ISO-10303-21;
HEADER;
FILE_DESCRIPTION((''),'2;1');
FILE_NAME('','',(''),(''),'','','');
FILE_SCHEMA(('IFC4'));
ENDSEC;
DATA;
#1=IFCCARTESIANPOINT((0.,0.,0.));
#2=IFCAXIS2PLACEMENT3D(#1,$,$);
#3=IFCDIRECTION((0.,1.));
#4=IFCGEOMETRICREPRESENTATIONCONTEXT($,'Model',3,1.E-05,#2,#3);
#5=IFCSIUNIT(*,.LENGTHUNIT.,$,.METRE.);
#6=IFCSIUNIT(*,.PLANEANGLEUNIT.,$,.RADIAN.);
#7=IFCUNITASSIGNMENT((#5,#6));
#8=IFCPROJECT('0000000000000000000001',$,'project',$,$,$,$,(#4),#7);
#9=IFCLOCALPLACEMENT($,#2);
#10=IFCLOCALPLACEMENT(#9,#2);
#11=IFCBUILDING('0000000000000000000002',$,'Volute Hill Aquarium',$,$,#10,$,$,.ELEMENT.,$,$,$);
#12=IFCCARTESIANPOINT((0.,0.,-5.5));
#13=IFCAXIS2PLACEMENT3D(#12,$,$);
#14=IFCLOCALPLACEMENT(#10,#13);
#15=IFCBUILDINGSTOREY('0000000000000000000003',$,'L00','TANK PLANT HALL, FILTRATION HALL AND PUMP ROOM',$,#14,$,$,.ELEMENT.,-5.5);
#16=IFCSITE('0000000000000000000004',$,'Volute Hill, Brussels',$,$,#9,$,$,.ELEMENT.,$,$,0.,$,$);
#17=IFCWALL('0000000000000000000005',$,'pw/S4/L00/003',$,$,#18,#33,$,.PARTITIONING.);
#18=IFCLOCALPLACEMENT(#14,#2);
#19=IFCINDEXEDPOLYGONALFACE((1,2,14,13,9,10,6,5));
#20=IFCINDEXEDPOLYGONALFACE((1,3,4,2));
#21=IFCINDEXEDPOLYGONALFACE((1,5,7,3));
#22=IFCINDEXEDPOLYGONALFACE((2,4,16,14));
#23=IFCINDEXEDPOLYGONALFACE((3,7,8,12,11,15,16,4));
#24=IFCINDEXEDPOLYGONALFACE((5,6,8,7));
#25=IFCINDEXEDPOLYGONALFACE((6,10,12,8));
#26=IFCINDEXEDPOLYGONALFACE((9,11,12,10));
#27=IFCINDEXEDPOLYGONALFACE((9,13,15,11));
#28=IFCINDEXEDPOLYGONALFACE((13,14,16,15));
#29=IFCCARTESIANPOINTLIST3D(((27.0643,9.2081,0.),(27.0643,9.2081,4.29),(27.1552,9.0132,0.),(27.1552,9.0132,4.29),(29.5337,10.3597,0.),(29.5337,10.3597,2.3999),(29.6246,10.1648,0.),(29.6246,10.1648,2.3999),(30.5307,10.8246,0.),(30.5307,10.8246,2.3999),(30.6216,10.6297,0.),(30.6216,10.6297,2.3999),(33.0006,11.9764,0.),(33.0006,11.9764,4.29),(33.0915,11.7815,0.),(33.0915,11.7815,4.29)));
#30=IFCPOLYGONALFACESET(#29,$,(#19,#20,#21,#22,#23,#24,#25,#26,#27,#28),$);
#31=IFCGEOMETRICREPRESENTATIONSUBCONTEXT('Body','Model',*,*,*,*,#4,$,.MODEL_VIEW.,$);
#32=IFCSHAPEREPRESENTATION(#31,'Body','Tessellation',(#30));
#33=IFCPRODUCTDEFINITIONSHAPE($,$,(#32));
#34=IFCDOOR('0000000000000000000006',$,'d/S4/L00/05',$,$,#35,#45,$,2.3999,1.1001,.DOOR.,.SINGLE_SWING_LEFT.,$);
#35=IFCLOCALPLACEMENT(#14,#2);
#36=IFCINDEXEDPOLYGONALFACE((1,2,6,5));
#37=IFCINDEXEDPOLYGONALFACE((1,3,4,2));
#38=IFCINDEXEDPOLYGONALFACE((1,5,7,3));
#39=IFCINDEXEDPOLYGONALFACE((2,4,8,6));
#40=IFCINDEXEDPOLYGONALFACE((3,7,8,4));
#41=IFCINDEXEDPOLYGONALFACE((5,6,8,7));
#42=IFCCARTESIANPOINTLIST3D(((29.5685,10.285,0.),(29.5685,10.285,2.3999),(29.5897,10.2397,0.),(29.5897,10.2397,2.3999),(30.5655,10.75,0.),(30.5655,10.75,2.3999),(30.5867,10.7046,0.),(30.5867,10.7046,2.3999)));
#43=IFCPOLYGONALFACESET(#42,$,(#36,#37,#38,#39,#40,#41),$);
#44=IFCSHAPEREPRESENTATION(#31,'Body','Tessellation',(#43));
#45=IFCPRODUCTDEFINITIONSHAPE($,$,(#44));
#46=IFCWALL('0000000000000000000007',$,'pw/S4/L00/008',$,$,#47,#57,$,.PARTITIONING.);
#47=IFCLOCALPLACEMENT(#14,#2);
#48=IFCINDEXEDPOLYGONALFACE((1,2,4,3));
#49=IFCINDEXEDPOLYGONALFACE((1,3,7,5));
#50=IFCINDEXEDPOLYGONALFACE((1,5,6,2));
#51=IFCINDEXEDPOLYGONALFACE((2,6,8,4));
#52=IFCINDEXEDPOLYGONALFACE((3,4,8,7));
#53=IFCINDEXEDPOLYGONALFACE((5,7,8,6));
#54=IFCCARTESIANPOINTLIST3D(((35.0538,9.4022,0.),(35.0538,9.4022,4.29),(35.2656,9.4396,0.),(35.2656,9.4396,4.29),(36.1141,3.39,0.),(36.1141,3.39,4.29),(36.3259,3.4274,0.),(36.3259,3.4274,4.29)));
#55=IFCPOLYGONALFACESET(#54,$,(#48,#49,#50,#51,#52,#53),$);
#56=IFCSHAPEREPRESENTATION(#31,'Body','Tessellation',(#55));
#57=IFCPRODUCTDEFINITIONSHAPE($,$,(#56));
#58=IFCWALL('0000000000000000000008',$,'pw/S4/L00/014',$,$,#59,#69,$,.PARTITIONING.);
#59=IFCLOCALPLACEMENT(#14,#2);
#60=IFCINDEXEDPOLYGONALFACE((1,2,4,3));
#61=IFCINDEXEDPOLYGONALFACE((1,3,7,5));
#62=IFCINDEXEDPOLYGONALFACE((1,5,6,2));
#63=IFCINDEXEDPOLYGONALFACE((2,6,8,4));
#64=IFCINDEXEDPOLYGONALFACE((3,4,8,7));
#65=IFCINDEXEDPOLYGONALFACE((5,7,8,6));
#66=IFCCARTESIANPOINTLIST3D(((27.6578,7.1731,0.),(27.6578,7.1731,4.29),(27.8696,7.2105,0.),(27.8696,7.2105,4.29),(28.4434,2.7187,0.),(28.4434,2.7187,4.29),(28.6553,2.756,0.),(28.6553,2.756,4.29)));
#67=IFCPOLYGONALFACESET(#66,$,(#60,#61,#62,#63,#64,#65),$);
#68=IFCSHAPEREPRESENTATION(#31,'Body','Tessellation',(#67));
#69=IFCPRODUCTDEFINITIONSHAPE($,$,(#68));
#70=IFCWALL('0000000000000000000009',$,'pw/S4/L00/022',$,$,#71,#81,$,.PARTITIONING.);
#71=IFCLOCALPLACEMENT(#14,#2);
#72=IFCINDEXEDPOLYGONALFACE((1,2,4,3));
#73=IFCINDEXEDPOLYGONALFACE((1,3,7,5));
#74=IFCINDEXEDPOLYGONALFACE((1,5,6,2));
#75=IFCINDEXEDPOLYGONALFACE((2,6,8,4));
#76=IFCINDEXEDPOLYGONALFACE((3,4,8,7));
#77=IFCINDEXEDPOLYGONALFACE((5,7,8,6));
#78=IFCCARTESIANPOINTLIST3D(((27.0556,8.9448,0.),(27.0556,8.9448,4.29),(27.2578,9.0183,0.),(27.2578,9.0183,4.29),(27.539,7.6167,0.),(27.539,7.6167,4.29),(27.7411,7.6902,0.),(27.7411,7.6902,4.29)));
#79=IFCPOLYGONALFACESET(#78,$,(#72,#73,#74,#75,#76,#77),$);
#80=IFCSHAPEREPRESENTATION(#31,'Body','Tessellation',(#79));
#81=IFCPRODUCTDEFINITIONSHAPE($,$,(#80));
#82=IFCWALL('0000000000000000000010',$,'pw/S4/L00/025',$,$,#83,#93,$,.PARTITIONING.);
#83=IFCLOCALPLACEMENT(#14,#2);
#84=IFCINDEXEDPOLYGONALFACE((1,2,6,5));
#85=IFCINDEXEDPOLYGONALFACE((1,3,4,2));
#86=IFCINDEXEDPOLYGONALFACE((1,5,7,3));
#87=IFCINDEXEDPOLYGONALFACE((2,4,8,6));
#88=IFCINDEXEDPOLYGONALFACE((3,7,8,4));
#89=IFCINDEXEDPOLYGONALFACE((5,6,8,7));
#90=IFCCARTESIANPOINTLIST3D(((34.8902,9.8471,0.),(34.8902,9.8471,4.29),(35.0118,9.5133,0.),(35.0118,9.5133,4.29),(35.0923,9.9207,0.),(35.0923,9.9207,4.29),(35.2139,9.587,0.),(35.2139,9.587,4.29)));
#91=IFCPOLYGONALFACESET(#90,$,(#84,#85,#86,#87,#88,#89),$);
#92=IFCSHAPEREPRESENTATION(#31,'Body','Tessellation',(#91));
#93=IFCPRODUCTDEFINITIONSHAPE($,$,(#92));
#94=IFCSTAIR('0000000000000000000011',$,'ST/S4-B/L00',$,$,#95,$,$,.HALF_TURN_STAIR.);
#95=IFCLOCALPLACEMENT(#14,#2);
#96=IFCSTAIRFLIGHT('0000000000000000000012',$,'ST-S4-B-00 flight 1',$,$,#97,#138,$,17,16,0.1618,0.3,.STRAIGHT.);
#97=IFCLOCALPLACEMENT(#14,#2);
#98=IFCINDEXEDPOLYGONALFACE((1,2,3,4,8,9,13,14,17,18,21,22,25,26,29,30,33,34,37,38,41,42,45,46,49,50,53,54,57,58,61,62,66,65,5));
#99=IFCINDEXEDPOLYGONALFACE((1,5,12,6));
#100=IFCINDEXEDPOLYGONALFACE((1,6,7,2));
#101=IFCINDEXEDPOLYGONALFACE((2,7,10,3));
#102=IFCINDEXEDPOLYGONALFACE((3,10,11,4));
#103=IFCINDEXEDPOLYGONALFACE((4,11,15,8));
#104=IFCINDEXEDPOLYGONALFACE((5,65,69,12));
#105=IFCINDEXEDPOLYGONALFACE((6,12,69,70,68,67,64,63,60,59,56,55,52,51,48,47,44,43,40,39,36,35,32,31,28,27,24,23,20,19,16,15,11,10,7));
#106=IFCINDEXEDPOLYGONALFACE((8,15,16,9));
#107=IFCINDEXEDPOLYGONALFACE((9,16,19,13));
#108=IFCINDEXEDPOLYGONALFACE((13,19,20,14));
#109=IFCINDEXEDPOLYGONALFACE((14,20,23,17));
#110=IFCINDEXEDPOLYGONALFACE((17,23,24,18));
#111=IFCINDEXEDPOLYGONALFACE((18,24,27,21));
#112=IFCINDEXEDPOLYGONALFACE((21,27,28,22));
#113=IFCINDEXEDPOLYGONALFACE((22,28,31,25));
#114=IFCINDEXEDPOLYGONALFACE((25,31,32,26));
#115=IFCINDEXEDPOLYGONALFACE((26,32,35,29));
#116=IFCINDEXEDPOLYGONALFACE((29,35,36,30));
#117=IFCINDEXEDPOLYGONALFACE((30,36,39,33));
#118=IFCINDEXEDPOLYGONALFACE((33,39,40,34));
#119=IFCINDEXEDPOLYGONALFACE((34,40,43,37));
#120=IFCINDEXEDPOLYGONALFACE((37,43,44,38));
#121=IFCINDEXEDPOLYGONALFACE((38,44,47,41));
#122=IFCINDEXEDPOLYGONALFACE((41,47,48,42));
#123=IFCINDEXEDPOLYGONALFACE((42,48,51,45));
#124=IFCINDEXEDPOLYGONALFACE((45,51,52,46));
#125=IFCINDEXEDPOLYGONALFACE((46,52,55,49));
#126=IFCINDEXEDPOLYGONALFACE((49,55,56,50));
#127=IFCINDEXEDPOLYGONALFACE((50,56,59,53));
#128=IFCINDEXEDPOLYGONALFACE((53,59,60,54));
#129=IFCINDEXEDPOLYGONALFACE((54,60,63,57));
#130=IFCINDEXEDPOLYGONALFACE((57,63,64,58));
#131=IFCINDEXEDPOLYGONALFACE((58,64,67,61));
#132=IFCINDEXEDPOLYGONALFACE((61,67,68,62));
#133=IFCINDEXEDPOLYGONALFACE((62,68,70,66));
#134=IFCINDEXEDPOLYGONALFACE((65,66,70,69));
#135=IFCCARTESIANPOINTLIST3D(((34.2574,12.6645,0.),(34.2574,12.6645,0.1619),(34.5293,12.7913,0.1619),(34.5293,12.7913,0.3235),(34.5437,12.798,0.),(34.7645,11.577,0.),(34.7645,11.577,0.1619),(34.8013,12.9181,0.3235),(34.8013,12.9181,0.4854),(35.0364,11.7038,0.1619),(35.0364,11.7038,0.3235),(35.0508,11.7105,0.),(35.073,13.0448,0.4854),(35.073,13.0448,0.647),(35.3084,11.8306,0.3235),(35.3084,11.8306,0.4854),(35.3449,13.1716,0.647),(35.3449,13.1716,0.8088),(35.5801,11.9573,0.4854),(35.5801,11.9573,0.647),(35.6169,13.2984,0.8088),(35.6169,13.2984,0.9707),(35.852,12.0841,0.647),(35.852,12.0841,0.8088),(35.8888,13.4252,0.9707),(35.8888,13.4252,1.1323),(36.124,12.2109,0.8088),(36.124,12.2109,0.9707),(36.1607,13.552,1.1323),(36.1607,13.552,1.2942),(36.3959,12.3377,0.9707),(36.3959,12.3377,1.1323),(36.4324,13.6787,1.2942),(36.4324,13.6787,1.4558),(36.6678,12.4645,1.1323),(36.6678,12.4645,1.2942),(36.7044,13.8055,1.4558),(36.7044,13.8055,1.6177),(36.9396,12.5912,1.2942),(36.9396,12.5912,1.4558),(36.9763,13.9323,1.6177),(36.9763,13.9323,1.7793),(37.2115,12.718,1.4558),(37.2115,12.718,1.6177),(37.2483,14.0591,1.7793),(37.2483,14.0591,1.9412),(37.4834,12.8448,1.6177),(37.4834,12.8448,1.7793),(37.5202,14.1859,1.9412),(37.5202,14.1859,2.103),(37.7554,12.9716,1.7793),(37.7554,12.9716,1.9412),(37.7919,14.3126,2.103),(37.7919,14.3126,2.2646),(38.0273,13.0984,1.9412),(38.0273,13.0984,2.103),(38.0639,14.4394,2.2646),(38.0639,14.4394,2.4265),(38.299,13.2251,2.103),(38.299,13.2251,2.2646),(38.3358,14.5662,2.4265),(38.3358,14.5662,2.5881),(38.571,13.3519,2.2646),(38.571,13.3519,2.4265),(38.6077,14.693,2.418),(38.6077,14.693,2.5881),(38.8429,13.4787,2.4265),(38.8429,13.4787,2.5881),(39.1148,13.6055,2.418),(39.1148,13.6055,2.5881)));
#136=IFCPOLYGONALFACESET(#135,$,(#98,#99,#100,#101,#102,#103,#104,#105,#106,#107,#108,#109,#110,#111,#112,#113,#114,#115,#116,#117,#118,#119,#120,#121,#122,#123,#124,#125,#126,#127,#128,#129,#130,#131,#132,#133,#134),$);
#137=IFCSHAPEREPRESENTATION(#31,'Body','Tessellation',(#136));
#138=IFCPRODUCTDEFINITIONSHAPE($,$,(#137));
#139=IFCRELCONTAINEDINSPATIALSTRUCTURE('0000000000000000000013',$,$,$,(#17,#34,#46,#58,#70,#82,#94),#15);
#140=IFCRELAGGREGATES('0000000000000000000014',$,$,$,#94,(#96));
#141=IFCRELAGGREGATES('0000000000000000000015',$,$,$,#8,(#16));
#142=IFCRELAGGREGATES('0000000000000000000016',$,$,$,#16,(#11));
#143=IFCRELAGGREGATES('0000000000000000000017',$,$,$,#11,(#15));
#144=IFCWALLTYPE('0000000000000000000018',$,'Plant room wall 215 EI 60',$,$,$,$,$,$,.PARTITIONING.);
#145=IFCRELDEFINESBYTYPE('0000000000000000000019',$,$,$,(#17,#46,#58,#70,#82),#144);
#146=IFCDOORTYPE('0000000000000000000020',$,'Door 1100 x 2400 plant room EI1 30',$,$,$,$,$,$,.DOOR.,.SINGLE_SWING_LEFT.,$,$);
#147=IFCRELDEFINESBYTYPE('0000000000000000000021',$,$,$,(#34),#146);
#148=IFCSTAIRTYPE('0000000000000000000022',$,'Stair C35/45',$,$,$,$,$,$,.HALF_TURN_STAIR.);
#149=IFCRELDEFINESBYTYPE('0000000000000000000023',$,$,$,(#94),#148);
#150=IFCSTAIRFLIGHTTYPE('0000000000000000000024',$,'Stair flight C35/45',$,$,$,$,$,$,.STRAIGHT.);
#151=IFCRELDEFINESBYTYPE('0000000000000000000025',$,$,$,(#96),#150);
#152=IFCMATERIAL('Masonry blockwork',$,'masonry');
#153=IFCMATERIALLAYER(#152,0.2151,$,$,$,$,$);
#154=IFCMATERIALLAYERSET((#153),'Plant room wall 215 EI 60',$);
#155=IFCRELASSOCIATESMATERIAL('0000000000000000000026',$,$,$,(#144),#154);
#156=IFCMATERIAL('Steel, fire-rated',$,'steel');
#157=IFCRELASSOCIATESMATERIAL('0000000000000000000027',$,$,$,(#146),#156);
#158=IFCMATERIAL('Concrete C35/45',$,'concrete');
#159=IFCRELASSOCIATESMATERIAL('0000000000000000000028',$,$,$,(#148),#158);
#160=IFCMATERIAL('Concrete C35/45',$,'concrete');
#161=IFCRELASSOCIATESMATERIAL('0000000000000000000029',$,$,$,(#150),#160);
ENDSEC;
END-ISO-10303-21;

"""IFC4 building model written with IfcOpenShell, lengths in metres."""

from ifc_helpers import new_model, si_unit, direction, frame, frame_2d, origin, place, context, subcontext, project, spatial, polyline, rectangle, outline, extrude, material, layer, layer_set, type_object, element, fill, aggregate, save


model = new_model("IFC4")

# Units and contexts
model_context = context("Model", 3, precision=1e-05, world=origin(), true_north=direction((0.0, 1.0)))
body_context = subcontext(model_context, "Body", "Model", "MODEL_VIEW")
ifc_project = project(units=[si_unit("LENGTHUNIT", "METRE"), si_unit("PLANEANGLEUNIT", "RADIAN")], contexts=[model_context])

# Site, building, storey
site_placement = place(None, origin())
site = spatial("IfcSite", under=ifc_project, at=site_placement, Name="Volute Hill, Brussels", CompositionType="ELEMENT", RefElevation=0.0)
building_placement = place(site_placement, origin())
building = spatial("IfcBuilding", under=site, at=building_placement, Name="Volute Hill Aquarium", CompositionType="ELEMENT")
storey_placement = place(building_placement, frame((0.0, 0.0, -5.5)))
storey = spatial("IfcBuildingStorey", under=building, at=storey_placement, Name="L00", Description="TANK PLANT HALL, FILTRATION HALL AND PUMP ROOM", CompositionType="ELEMENT", Elevation=-5.5)

# Wall, opening, door
ifc_material_1 = material(Name="Masonry blockwork", Category="masonry")
ifc_layer_1 = layer(ifc_material_1, 0.2151)
ifc_layer_set_1 = layer_set([ifc_layer_1], Name="Plant room wall 215 EI 60")
wall_type_1 = type_object("IfcWallType", Name="Plant room wall 215 EI 60", PredefinedType="PARTITIONING", material=ifc_layer_set_1)
wall_1_placement = place(storey_placement, frame((33.0459, 11.8789, 0.0), z_axis=(0.0, 0.0, 1.0), x_axis=(-0.906297, -0.422641, 0.0)))
wall_1 = element("IfcWall", 1, at=wall_1_placement, inside=storey, type_object=wall_type_1, Name="pw/S4/L00/003", PredefinedType="PARTITIONING", context=body_context, shape_type="SweptSolid", body=[
    extrude(rectangle(XDim=6.55, YDim=0.2151, at=frame_2d((3.2749, 0.0))), origin(), (0.0, 0.0, 1.0), 4.29),
])
opening_1_placement = place(wall_1_placement, frame((2.7251, 0.0, 0.0)))
opening_1 = element("IfcOpeningElement", 2, at=opening_1_placement, cuts=wall_1, PredefinedType="OPENING", context=body_context, shape_type="SweptSolid", body=[
    extrude(rectangle(XDim=1.1001, YDim=2.3999, at=frame_2d((0.55, 1.2))), frame((0.0, 0.1174, 0.0), z_axis=(0.0, -1.0, 0.0), x_axis=(1.0, 0.0, 0.0)), (0.0, 0.0, 1.0), 0.2351),
])
ifc_material_2 = material(Name="Steel, fire-rated", Category="steel")
door_type_1 = type_object("IfcDoorType", Name="Door 1100 x 2400 plant room EI1 30", OperationType="SINGLE_SWING_LEFT", PredefinedType="DOOR", material=ifc_material_2)
door_1_placement = place(opening_1_placement, origin())
door_1 = element("IfcDoor", 3, at=door_1_placement, inside=storey, type_object=door_type_1, Name="d/S4/L00/05", OperationType="SINGLE_SWING_LEFT", OverallHeight=2.3999, OverallWidth=1.1001, PredefinedType="DOOR", context=body_context, shape_type="SweptSolid", body=[
    extrude(rectangle(XDim=1.1001, YDim=2.3999, at=frame_2d((0.55, 1.2))), frame((0.0, 0.0249, 0.0), z_axis=(0.0, -1.0, 0.0), x_axis=(1.0, 0.0, 0.0)), (0.0, 0.0, 1.0), 0.05),
])
fill(opening_1, door_1)

# Walls
wall_2_placement = place(storey_placement, frame((35.1597, 9.4209, 0.0), z_axis=(0.0, 0.0, 1.0), x_axis=(0.173678, -0.984802, 0.0)))
element("IfcWall", 4, at=wall_2_placement, inside=storey, type_object=wall_type_1, Name="pw/S4/L00/008", PredefinedType="PARTITIONING", context=body_context, shape_type="SweptSolid", body=[
    extrude(rectangle(XDim=6.105, YDim=0.2151, at=frame_2d((3.0525, 0.0))), origin(), (0.0, 0.0, 1.0), 4.29),
])
wall_3_placement = place(storey_placement, frame((27.7637, 7.1919, 0.0), z_axis=(0.0, 0.0, 1.0), x_axis=(0.173696, -0.984799, 0.0)))
element("IfcWall", 5, at=wall_3_placement, inside=storey, type_object=wall_type_1, Name="pw/S4/L00/014", PredefinedType="PARTITIONING", context=body_context, shape_type="SweptSolid", body=[
    extrude(rectangle(XDim=4.5232, YDim=0.2151, at=frame_2d((2.2617, 0.0))), origin(), (0.0, 0.0, 1.0), 4.29),
])
wall_4_placement = place(storey_placement, frame((27.1567, 8.9814, 0.0), z_axis=(0.0, 0.0, 1.0), x_axis=(0.34202, -0.939693, 0.0)))
element("IfcWall", 6, at=wall_4_placement, inside=storey, type_object=wall_type_1, Name="pw/S4/L00/022", PredefinedType="PARTITIONING", context=body_context, shape_type="SweptSolid", body=[
    extrude(rectangle(XDim=1.4133, YDim=0.2151, at=frame_2d((0.7065, 0.0))), origin(), (0.0, 0.0, 1.0), 4.29),
])
wall_5_placement = place(storey_placement, frame((34.9912, 9.884, 0.0), z_axis=(0.0, 0.0, 1.0), x_axis=(0.342295, -0.939593, 0.0)))
element("IfcWall", 7, at=wall_5_placement, inside=storey, type_object=wall_type_1, Name="pw/S4/L00/025", PredefinedType="PARTITIONING", context=body_context, shape_type="SweptSolid", body=[
    extrude(rectangle(XDim=0.3552, YDim=0.2151, at=frame_2d((0.1777, 0.0))), origin(), (0.0, 0.0, 1.0), 4.29),
])

# Stair, stair flight
ifc_material_3 = material(Name="Concrete C35/45", Category="concrete")
stair_type = type_object("IfcStairType", Name="Stair C35/45", PredefinedType="HALF_TURN_STAIR", material=ifc_material_3)
stair_placement = place(storey_placement, origin())
stair = element("IfcStair", 8, at=stair_placement, inside=storey, type_object=stair_type, Name="ST/S4-B/L00", PredefinedType="HALF_TURN_STAIR")
ifc_material_4 = material(Name="Concrete C35/45", Category="concrete")
stair_flight_type = type_object("IfcStairFlightType", Name="Stair flight C35/45", PredefinedType="STRAIGHT", material=ifc_material_4)
stair_flight_placement = place(storey_placement, frame((34.511, 12.1206, 0.0), z_axis=(0.0, 0.0, 1.0), x_axis=(0.906313, 0.422606, 0.0)))
stair_flight = element("IfcStairFlight", 9, at=stair_flight_placement, type_object=stair_flight_type, Name="ST-S4-B-00 flight 1", NumberOfRisers=17, NumberOfTreads=16, PredefinedType="STRAIGHT", RiserHeight=0.1618, TreadLength=0.3, context=body_context, shape_type="SweptSolid", body=[
    extrude(outline(polyline([(0.0, 0.0), (0.0, 0.1619), (0.3, 0.1619), (0.3, 0.3235), (0.6001, 0.3235), (0.6001, 0.4854), (0.8999, 0.4854), (0.8999, 0.647), (1.2, 0.647), (1.2, 0.8088), (1.5, 0.8088), (1.5, 0.9707), (1.8, 0.9707), (1.8, 1.1323), (2.1001, 1.1323), (2.1001, 1.2942), (2.3999, 1.2942), (2.3999, 1.4558), (2.7, 1.4558), (2.7, 1.6177), (3.0, 1.6177), (3.0, 1.7793), (3.3, 1.7793), (3.3, 1.9412), (3.6001, 1.9412), (3.6001, 2.103), (3.8999, 2.103), (3.8999, 2.2646), (4.2, 2.2646), (4.2, 2.4265), (4.5, 2.4265), (4.5, 2.5881), (4.8, 2.5881), (4.8, 2.75), (4.8, 2.418), (0.3159, 0.0), (0.0, 0.0)])), frame((0.0, 0.6001, 0.0), z_axis=(0.0, -1.0, 0.0), x_axis=(1.0, 0.0, 0.0)), (0.0, 0.0, 1.0), 1.2),
])
aggregate(stair, [stair_flight])

save(model, "model.ifc")
